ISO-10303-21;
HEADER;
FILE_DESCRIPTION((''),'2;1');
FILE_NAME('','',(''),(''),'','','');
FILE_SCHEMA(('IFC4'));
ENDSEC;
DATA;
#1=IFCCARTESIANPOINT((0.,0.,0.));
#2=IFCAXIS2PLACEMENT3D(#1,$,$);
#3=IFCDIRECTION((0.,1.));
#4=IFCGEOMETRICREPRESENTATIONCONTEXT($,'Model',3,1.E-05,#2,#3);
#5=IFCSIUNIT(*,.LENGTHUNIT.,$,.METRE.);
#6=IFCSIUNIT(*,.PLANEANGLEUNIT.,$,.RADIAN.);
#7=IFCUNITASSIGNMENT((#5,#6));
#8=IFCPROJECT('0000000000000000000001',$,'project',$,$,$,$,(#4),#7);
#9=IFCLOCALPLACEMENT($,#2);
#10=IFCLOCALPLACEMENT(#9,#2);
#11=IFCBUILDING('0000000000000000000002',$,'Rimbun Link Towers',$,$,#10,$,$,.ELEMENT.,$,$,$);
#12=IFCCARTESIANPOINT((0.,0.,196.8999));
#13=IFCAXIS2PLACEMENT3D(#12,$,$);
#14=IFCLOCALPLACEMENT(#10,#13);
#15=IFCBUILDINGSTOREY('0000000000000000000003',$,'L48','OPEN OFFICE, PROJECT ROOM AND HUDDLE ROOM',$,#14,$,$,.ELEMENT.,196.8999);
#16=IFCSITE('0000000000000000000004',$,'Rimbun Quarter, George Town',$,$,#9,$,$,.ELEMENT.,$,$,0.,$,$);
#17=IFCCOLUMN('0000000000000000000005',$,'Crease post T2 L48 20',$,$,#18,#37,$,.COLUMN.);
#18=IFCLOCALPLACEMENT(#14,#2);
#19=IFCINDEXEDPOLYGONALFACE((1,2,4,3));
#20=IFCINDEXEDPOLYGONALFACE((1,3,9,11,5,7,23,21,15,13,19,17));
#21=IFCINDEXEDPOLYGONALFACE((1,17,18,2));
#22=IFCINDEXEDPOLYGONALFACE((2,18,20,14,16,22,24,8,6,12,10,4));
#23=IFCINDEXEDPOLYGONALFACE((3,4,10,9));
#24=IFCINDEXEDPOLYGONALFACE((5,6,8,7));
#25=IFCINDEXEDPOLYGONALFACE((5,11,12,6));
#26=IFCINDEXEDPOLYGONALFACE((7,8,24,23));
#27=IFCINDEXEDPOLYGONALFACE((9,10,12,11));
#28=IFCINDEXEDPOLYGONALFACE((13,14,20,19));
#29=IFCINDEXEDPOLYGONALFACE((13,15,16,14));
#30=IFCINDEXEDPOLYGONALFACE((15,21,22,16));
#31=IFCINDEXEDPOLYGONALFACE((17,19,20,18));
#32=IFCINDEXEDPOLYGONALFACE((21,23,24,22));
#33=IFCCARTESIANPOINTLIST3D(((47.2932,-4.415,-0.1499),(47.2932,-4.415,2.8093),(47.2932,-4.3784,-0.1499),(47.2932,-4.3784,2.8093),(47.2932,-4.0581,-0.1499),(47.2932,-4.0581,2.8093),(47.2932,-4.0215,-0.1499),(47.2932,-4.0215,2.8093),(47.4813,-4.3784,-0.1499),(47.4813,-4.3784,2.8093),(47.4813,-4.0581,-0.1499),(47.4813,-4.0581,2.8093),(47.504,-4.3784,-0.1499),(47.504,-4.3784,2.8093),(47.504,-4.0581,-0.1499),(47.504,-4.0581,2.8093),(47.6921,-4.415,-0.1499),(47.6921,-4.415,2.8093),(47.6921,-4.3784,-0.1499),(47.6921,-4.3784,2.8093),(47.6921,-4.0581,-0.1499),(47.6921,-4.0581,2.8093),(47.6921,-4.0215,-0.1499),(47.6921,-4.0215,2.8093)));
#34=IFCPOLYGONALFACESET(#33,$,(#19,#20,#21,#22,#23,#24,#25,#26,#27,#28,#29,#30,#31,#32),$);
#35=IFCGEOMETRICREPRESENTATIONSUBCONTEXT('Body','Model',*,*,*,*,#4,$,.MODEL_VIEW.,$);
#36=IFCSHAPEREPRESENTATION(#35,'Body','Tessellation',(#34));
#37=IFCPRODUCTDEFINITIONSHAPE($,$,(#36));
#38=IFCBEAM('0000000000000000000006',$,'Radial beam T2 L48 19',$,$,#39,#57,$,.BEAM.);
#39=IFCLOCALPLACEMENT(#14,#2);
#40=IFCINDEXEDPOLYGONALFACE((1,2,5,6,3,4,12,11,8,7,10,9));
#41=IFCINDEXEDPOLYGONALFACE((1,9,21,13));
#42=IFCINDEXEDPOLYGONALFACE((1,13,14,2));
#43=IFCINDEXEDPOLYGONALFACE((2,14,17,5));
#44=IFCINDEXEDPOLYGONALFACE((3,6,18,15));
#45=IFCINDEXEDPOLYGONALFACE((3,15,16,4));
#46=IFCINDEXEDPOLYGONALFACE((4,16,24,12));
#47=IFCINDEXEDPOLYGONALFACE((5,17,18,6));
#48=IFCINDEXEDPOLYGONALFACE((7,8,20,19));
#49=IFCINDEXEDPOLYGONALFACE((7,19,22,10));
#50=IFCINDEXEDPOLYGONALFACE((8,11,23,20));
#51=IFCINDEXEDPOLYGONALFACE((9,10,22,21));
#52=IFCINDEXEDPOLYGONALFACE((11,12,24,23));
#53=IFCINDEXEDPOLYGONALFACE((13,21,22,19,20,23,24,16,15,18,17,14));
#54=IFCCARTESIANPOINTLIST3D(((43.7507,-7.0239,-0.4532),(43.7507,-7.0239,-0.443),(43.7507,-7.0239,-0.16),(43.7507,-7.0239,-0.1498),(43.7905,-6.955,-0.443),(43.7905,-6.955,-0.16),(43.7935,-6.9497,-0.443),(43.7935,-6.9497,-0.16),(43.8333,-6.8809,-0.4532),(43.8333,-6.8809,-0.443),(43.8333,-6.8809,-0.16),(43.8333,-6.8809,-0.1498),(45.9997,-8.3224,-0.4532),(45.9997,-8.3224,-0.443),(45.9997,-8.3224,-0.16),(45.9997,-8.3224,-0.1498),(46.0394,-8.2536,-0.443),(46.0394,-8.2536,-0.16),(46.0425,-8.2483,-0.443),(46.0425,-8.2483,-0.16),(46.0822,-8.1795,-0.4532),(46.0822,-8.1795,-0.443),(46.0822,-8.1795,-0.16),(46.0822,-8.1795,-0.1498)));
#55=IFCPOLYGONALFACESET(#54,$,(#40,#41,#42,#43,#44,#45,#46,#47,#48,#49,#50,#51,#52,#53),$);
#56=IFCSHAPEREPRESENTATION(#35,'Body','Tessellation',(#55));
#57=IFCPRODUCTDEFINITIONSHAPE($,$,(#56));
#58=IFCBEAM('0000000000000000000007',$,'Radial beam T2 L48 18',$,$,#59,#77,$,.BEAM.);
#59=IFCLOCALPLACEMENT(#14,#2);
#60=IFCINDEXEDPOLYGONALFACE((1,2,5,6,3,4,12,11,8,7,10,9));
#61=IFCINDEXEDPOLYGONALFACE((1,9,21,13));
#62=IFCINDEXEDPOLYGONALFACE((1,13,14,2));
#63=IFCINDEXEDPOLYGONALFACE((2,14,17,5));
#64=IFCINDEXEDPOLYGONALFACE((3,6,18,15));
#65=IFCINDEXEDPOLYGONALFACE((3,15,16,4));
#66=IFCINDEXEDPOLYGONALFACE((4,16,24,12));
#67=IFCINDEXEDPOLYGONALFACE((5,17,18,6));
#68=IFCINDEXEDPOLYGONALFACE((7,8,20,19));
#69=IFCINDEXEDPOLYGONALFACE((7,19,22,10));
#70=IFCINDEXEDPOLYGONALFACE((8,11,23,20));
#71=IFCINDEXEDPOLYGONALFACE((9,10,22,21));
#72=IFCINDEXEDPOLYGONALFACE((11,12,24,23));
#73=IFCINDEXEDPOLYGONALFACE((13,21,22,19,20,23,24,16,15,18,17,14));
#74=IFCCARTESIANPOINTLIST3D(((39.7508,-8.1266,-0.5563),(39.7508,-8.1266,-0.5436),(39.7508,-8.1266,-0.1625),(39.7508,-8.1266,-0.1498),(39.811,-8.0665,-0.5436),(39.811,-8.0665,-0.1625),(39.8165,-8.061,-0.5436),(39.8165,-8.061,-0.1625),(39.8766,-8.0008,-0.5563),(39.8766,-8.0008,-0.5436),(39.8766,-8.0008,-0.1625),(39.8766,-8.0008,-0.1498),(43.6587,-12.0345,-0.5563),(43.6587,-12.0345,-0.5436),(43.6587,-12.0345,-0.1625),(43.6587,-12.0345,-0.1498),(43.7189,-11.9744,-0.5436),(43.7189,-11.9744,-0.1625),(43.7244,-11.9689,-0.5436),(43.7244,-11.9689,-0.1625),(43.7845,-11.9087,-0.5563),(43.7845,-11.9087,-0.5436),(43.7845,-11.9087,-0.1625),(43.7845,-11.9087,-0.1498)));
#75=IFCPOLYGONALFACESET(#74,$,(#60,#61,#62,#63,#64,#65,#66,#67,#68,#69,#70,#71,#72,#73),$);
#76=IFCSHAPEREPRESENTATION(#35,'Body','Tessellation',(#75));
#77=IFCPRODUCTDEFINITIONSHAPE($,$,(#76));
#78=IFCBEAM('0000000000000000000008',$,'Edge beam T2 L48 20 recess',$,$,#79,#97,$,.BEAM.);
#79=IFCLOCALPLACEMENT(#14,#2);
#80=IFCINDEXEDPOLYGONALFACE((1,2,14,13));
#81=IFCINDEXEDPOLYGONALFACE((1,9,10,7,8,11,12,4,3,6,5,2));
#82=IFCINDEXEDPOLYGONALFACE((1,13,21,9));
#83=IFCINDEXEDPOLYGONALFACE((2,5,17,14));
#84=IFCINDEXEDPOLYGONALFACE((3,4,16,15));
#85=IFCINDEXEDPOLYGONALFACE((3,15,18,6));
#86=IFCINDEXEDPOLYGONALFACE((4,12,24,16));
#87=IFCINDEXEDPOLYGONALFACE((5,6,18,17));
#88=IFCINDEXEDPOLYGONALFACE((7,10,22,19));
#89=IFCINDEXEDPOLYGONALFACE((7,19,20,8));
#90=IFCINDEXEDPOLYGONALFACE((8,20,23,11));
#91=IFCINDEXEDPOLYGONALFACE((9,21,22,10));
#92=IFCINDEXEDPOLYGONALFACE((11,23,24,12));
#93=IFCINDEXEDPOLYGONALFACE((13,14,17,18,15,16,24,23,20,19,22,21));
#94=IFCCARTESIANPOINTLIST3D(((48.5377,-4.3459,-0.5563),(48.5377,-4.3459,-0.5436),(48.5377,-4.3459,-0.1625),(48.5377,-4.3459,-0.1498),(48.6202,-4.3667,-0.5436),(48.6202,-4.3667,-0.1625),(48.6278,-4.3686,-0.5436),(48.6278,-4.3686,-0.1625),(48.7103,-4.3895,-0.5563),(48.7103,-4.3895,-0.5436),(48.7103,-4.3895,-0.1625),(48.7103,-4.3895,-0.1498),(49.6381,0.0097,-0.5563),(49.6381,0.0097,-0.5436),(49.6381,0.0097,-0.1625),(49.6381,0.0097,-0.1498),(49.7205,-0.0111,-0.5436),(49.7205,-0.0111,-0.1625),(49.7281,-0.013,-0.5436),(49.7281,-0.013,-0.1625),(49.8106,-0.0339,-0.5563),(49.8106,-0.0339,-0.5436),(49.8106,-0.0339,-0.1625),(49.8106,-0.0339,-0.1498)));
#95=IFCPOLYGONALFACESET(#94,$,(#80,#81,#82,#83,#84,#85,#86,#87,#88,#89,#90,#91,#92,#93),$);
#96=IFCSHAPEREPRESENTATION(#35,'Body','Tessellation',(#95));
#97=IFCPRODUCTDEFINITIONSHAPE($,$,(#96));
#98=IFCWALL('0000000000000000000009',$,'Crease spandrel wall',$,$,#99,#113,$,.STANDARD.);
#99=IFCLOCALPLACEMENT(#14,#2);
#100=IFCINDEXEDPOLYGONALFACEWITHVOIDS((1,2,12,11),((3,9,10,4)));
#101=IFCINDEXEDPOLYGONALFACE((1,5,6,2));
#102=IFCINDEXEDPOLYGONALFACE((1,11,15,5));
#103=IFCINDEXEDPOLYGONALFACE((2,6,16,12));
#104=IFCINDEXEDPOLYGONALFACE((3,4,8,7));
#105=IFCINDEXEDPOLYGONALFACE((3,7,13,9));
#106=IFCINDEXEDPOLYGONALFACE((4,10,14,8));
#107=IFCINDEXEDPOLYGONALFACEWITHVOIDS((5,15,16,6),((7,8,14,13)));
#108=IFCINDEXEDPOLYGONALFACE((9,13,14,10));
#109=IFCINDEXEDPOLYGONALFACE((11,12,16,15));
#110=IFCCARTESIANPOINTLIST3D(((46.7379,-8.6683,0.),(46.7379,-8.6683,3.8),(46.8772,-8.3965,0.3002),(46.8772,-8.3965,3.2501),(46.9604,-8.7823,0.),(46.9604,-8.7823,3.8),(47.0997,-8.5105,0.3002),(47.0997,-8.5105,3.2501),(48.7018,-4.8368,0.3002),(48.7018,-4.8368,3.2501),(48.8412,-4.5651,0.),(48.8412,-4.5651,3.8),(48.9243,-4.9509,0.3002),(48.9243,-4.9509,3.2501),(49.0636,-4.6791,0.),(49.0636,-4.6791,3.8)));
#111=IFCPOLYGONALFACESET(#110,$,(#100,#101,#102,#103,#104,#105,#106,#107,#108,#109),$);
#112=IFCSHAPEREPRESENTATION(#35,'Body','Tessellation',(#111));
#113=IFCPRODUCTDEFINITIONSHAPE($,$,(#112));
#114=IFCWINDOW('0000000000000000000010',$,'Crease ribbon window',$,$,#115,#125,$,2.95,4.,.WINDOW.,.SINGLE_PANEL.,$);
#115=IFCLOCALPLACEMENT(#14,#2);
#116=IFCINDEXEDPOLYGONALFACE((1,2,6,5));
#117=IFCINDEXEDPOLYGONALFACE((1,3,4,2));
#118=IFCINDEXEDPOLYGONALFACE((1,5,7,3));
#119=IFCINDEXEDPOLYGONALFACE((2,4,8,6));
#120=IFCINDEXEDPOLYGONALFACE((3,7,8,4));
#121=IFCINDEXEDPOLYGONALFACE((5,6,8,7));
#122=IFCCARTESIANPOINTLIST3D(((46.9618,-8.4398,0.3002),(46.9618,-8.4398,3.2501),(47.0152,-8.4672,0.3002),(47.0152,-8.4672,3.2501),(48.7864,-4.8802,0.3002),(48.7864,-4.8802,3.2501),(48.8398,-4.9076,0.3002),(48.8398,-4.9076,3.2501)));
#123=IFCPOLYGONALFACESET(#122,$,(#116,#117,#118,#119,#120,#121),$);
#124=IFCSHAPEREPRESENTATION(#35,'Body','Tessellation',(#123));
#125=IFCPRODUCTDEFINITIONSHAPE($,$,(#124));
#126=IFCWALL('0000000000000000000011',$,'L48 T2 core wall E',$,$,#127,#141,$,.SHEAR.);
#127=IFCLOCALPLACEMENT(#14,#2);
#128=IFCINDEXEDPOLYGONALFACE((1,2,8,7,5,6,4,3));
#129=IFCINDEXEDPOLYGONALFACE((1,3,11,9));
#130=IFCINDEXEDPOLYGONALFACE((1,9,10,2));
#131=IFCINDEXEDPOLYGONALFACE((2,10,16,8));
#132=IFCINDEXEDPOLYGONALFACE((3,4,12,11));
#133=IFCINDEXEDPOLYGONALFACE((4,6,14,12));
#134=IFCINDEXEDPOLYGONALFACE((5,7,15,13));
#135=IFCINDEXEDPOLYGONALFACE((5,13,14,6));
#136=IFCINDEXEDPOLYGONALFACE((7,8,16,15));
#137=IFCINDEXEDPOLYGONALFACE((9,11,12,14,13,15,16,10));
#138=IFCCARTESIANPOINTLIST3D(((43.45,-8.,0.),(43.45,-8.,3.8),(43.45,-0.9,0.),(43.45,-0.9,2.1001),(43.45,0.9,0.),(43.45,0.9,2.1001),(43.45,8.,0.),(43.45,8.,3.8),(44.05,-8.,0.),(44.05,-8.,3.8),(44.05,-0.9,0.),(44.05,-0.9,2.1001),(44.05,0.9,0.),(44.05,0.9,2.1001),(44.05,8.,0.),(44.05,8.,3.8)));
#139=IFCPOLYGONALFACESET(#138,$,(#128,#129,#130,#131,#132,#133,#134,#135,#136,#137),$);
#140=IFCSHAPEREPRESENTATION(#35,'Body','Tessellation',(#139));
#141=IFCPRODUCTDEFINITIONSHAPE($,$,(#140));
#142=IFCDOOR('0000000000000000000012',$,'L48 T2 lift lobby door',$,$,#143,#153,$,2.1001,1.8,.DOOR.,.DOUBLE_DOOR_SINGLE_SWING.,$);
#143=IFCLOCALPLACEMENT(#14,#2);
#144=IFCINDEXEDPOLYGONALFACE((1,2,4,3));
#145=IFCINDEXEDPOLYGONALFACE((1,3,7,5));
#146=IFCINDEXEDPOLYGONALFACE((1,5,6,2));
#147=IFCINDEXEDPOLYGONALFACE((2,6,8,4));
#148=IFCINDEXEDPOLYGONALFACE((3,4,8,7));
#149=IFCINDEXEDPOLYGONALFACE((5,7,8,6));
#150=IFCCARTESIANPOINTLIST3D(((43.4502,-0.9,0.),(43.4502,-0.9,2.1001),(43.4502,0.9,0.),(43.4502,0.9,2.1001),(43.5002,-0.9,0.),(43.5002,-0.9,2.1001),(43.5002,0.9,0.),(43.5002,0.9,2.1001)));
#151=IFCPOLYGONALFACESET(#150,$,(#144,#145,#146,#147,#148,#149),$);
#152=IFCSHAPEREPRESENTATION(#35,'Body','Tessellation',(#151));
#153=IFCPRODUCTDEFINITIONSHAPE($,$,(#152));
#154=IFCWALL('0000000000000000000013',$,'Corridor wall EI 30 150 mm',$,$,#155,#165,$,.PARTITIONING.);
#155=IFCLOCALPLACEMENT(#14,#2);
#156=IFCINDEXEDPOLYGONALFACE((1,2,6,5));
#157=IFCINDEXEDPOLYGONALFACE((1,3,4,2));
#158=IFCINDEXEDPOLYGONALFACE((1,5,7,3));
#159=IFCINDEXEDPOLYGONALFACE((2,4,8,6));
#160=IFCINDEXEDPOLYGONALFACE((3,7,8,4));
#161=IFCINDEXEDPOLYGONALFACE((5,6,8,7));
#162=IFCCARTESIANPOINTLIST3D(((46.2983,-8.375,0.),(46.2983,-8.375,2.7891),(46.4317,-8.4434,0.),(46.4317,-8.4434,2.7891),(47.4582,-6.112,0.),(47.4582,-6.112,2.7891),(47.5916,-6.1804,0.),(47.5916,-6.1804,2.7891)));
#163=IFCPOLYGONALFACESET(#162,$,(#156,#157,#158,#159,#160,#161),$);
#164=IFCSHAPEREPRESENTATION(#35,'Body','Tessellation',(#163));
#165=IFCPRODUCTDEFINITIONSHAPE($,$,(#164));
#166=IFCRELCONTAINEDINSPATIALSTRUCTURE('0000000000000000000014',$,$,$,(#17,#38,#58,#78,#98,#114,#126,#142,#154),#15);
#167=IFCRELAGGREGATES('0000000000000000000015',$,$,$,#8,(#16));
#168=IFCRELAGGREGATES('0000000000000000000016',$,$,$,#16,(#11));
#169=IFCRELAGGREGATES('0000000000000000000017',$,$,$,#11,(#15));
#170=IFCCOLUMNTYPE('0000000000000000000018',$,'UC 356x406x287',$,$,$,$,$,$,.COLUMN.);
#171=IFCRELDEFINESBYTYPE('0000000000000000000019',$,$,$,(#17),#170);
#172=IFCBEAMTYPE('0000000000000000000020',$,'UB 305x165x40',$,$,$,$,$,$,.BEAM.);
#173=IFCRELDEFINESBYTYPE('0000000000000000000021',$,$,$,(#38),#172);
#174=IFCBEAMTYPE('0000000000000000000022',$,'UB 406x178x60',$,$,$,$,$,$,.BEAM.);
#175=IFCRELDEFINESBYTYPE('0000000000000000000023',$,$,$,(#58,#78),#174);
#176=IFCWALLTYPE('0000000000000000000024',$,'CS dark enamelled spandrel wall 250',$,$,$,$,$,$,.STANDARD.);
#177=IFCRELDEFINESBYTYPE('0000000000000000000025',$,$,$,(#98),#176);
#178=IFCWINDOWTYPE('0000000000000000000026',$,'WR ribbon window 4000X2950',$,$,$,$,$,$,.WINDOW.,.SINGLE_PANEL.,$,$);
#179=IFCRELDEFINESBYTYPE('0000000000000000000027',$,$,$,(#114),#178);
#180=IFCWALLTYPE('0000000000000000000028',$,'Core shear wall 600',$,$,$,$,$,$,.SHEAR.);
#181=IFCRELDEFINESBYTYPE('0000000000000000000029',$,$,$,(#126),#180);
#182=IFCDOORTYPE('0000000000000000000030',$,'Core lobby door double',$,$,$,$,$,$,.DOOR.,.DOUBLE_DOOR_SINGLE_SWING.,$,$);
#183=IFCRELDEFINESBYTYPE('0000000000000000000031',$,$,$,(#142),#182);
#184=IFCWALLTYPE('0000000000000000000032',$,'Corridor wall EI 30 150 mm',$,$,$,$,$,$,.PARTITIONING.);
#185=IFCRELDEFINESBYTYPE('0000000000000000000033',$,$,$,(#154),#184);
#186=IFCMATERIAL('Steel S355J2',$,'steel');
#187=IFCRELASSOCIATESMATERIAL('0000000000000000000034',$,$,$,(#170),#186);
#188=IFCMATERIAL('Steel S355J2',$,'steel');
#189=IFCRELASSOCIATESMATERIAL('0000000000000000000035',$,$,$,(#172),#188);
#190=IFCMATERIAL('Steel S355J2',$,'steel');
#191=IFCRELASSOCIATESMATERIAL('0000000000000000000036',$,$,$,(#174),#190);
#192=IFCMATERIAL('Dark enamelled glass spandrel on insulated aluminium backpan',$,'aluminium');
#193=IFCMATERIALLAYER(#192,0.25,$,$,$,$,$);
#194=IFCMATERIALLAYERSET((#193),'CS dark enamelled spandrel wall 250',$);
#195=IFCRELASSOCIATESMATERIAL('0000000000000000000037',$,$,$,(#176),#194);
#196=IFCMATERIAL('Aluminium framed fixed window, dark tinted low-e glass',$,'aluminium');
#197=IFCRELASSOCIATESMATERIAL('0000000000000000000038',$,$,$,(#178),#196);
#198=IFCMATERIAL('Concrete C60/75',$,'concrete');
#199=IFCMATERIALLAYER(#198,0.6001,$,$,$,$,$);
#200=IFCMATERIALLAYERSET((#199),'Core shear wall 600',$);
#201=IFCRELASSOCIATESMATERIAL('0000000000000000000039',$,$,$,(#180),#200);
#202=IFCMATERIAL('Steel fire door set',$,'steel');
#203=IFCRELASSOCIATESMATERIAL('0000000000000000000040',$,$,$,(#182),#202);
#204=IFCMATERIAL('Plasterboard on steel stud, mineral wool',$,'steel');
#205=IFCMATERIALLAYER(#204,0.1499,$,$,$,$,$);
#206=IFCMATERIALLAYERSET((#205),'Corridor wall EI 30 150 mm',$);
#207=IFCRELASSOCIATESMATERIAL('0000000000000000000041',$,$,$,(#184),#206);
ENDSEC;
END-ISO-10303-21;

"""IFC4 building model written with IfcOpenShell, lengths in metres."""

from ifc_helpers import new_model, si_unit, direction, frame, frame_2d, origin, origin_2d, place, context, subcontext, project, spatial, rectangle, i_section, extrude, material, layer, layer_set, material_profile, profile_set, type_object, element, fill, save


model = new_model("IFC4")

# Units and contexts
model_context = context("Model", 3, precision=1e-05, world=origin(), true_north=direction((0.0, 1.0)))
body_context = subcontext(model_context, "Body", "Model", "MODEL_VIEW")
ifc_project = project(units=[si_unit("LENGTHUNIT", "METRE"), si_unit("PLANEANGLEUNIT", "RADIAN")], contexts=[model_context])

# Site, building, storey
site_placement = place(None, origin())
site = spatial("IfcSite", under=ifc_project, at=site_placement, Name="Rimbun Quarter, George Town", CompositionType="ELEMENT", RefElevation=0.0)
building_placement = place(site_placement, origin())
building = spatial("IfcBuilding", under=site, at=building_placement, Name="Rimbun Link Towers", CompositionType="ELEMENT")
storey_placement = place(building_placement, frame((0.0, 0.0, 196.8999)))
storey = spatial("IfcBuildingStorey", under=building, at=storey_placement, Name="L48", Description="OPEN OFFICE, PROJECT ROOM AND HUDDLE ROOM", CompositionType="ELEMENT", Elevation=196.8999)

# Column
ifc_material_1 = material(Name="Steel S355J2", Category="steel")
ifc_material_profile_1 = material_profile(ifc_material_1, i_section(OverallWidth=0.3989, OverallDepth=0.3936, WebThickness=0.0227, FlangeThickness=0.0366, at=origin_2d()), Name="UC 356x406x287")
ifc_profile_set_1 = profile_set([ifc_material_profile_1], Name="Steel S355J2")
column_type = type_object("IfcColumnType", Name="UC 356x406x287", PredefinedType="COLUMN", material=ifc_profile_set_1)
column_placement = place(storey_placement, frame((47.4927, -4.2183, -0.1499), z_axis=(0.0, 0.0, 1.0), x_axis=(1.0, 0.0, 0.0)))
element("IfcColumn", 1, at=column_placement, inside=storey, type_object=column_type, Name="Crease post T2 L48 20", PredefinedType="COLUMN", context=body_context, shape_type="SweptSolid", body=[
    extrude(i_section(OverallWidth=0.3989, OverallDepth=0.3936, WebThickness=0.0227, FlangeThickness=0.0366, at=origin_2d()), origin(), (0.0, 0.0, 1.0), 2.9592),
])

# Beams
ifc_material_2 = material(Name="Steel S355J2", Category="steel")
ifc_material_profile_2 = material_profile(ifc_material_2, i_section(OverallWidth=0.165, OverallDepth=0.3035, WebThickness=0.0061, FlangeThickness=0.0103, at=origin_2d()), Name="UB 305x165x40")
ifc_profile_set_2 = profile_set([ifc_material_profile_2], Name="Steel S355J2")
beam_type_1 = type_object("IfcBeamType", Name="UB 305x165x40", PredefinedType="BEAM", material=ifc_profile_set_2)
beam_1_placement = place(storey_placement, frame((43.792, -6.9524, -0.3015), z_axis=(0.866007, -0.500032, 0.0), x_axis=(0.500032, 0.866007, 0.0)))
element("IfcBeam", 2, at=beam_1_placement, inside=storey, type_object=beam_type_1, Name="Radial beam T2 L48 19", PredefinedType="BEAM", context=body_context, shape_type="SweptSolid", body=[
    extrude(i_section(OverallWidth=0.165, OverallDepth=0.3035, WebThickness=0.0061, FlangeThickness=0.0103, at=origin_2d()), origin(), (0.0, 0.0, 1.0), 2.5969),
])
ifc_material_3 = material(Name="Steel S355J2", Category="steel")
ifc_material_profile_3 = material_profile(ifc_material_3, i_section(OverallWidth=0.178, OverallDepth=0.4065, WebThickness=0.0078, FlangeThickness=0.0127, at=origin_2d()), Name="UB 406x178x60")
ifc_profile_set_3 = profile_set([ifc_material_profile_3], Name="Steel S355J2")
beam_type_2 = type_object("IfcBeamType", Name="UB 406x178x60", PredefinedType="BEAM", material=ifc_profile_set_3)
beam_2_placement = place(storey_placement, frame((39.8137, -8.0637, -0.353), z_axis=(0.707107, -0.707107, 0.0), x_axis=(0.707107, 0.707107, 0.0)))
element("IfcBeam", 3, at=beam_2_placement, inside=storey, type_object=beam_type_2, Name="Radial beam T2 L48 18", PredefinedType="BEAM", context=body_context, shape_type="SweptSolid", body=[
    extrude(i_section(OverallWidth=0.178, OverallDepth=0.4065, WebThickness=0.0078, FlangeThickness=0.0127, at=origin_2d()), origin(), (0.0, 0.0, 1.0), 5.5266),
])
beam_3_placement = place(storey_placement, frame((48.624, -4.3677, -0.353), z_axis=(0.244926, 0.969542, 0.0), x_axis=(-0.969542, 0.244926, 0.0)))
element("IfcBeam", 4, at=beam_3_placement, inside=storey, type_object=beam_type_2, Name="Edge beam T2 L48 20 recess", PredefinedType="BEAM", context=body_context, shape_type="SweptSolid", body=[
    extrude(i_section(OverallWidth=0.178, OverallDepth=0.4065, WebThickness=0.0078, FlangeThickness=0.0127, at=origin_2d()), origin(), (0.0, 0.0, 1.0), 4.4924),
])

# Wall, opening, window
ifc_material_4 = material(Name="Dark enamelled glass spandrel on insulated aluminium backpan", Category="aluminium")
ifc_layer_1 = layer(ifc_material_4, 0.25)
ifc_layer_set_1 = layer_set([ifc_layer_1], Name="CS dark enamelled spandrel wall 250")
wall_type_1 = type_object("IfcWallType", Name="CS dark enamelled spandrel wall 250", PredefinedType="STANDARD", material=ifc_layer_set_1)
wall_1_placement = place(storey_placement, frame((48.9524, -4.6221, 0.0), z_axis=(0.0, 0.0, 1.0), x_axis=(-0.45615, -0.889903, 0.0)))
wall_1 = element("IfcWall", 5, at=wall_1_placement, inside=storey, type_object=wall_type_1, Name="Crease spandrel wall", PredefinedType="STANDARD", context=body_context, shape_type="SweptSolid", body=[
    extrude(rectangle(XDim=4.6108, YDim=0.25, at=frame_2d((2.3054, 0.0))), origin(), (0.0, 0.0, 1.0), 3.8),
])
opening_1_placement = place(wall_1_placement, frame((0.3054, 0.0, 0.3)))
opening_1 = element("IfcOpeningElement", 6, at=opening_1_placement, cuts=wall_1, PredefinedType="OPENING", context=body_context, shape_type="SweptSolid", body=[
    extrude(rectangle(XDim=4.0, YDim=2.95, at=frame_2d((2.0, 1.4751))), frame((0.0, 0.135, 0.0), z_axis=(0.0, -1.0, 0.0), x_axis=(1.0, 0.0, 0.0)), (0.0, 0.0, 1.0), 0.27),
])
ifc_material_5 = material(Name="Aluminium framed fixed window, dark tinted low-e glass", Category="aluminium")
window_type = type_object("IfcWindowType", Name="WR ribbon window 4000X2950", PartitioningType="SINGLE_PANEL", PredefinedType="WINDOW", material=ifc_material_5)
window_placement = place(opening_1_placement, origin())
window = element("IfcWindow", 7, at=window_placement, inside=storey, type_object=window_type, Name="Crease ribbon window", OverallHeight=2.95, OverallWidth=4.0, PartitioningType="SINGLE_PANEL", PredefinedType="WINDOW", context=body_context, shape_type="SweptSolid", body=[
    extrude(rectangle(XDim=4.0, YDim=2.95, at=frame_2d((2.0, 1.4751))), frame((0.0, 0.03, 0.0), z_axis=(0.0, -1.0, 0.0), x_axis=(1.0, 0.0, 0.0)), (0.0, 0.0, 1.0), 0.0601),
])
fill(opening_1, window)

# Wall, opening, door
ifc_material_6 = material(Name="Concrete C60/75", Category="concrete")
ifc_layer_2 = layer(ifc_material_6, 0.6001)
ifc_layer_set_2 = layer_set([ifc_layer_2], Name="Core shear wall 600")
wall_type_2 = type_object("IfcWallType", Name="Core shear wall 600", PredefinedType="SHEAR", material=ifc_layer_set_2)
wall_2_placement = place(storey_placement, frame((43.75, -8.0, 0.0), z_axis=(0.0, 0.0, 1.0), x_axis=(0.0, 1.0, 0.0)))
wall_2 = element("IfcWall", 8, at=wall_2_placement, inside=storey, type_object=wall_type_2, Name="L48 T2 core wall E", PredefinedType="SHEAR", context=body_context, shape_type="SweptSolid", body=[
    extrude(rectangle(XDim=16.0, YDim=0.6001, at=frame_2d((8.0, 0.0))), origin(), (0.0, 0.0, 1.0), 3.8),
])
opening_2_placement = place(wall_2_placement, frame((7.1001, 0.0, 0.0)))
opening_2 = element("IfcOpeningElement", 9, at=opening_2_placement, cuts=wall_2, PredefinedType="OPENING", context=body_context, shape_type="SweptSolid", body=[
    extrude(rectangle(XDim=1.8, YDim=2.1001, at=frame_2d((0.8999, 1.05))), frame((0.0, 0.3101, 0.0), z_axis=(0.0, -1.0, 0.0), x_axis=(1.0, 0.0, 0.0)), (0.0, 0.0, 1.0), 0.6201),
])
ifc_material_7 = material(Name="Steel fire door set", Category="steel")
door_type = type_object("IfcDoorType", Name="Core lobby door double", OperationType="DOUBLE_DOOR_SINGLE_SWING", PredefinedType="DOOR", material=ifc_material_7)
door_placement = place(opening_2_placement, origin())
door = element("IfcDoor", 10, at=door_placement, inside=storey, type_object=door_type, Name="L48 T2 lift lobby door", OperationType="DOUBLE_DOOR_SINGLE_SWING", OverallHeight=2.1001, OverallWidth=1.8, PredefinedType="DOOR", context=body_context, shape_type="SweptSolid", body=[
    extrude(rectangle(XDim=1.8, YDim=2.1001, at=frame_2d((0.8999, 1.05))), frame((0.0, 0.2998, 0.0), z_axis=(0.0, -1.0, 0.0), x_axis=(1.0, 0.0, 0.0)), (0.0, 0.0, 1.0), 0.05),
])
fill(opening_2, door)

# Wall
ifc_material_8 = material(Name="Plasterboard on steel stud, mineral wool", Category="steel")
ifc_layer_3 = layer(ifc_material_8, 0.1499)
ifc_layer_set_3 = layer_set([ifc_layer_3], Name="Corridor wall EI 30 150 mm")
wall_type_3 = type_object("IfcWallType", Name="Corridor wall EI 30 150 mm", PredefinedType="PARTITIONING", material=ifc_layer_set_3)
wall_3_placement = place(storey_placement, frame((46.365, -8.4092, 0.0), z_axis=(0.0, 0.0, 1.0), x_axis=(0.456139, 0.889908, 0.0)))
element("IfcWall", 11, at=wall_3_placement, inside=storey, type_object=wall_type_3, Name="Corridor wall EI 30 150 mm", PredefinedType="PARTITIONING", context=body_context, shape_type="SweptSolid", body=[
    extrude(rectangle(XDim=2.543, YDim=0.1499, at=frame_2d((1.2715, 0.0))), origin(), (0.0, 0.0, 1.0), 2.7891),
])

save(model, "model.ifc")
